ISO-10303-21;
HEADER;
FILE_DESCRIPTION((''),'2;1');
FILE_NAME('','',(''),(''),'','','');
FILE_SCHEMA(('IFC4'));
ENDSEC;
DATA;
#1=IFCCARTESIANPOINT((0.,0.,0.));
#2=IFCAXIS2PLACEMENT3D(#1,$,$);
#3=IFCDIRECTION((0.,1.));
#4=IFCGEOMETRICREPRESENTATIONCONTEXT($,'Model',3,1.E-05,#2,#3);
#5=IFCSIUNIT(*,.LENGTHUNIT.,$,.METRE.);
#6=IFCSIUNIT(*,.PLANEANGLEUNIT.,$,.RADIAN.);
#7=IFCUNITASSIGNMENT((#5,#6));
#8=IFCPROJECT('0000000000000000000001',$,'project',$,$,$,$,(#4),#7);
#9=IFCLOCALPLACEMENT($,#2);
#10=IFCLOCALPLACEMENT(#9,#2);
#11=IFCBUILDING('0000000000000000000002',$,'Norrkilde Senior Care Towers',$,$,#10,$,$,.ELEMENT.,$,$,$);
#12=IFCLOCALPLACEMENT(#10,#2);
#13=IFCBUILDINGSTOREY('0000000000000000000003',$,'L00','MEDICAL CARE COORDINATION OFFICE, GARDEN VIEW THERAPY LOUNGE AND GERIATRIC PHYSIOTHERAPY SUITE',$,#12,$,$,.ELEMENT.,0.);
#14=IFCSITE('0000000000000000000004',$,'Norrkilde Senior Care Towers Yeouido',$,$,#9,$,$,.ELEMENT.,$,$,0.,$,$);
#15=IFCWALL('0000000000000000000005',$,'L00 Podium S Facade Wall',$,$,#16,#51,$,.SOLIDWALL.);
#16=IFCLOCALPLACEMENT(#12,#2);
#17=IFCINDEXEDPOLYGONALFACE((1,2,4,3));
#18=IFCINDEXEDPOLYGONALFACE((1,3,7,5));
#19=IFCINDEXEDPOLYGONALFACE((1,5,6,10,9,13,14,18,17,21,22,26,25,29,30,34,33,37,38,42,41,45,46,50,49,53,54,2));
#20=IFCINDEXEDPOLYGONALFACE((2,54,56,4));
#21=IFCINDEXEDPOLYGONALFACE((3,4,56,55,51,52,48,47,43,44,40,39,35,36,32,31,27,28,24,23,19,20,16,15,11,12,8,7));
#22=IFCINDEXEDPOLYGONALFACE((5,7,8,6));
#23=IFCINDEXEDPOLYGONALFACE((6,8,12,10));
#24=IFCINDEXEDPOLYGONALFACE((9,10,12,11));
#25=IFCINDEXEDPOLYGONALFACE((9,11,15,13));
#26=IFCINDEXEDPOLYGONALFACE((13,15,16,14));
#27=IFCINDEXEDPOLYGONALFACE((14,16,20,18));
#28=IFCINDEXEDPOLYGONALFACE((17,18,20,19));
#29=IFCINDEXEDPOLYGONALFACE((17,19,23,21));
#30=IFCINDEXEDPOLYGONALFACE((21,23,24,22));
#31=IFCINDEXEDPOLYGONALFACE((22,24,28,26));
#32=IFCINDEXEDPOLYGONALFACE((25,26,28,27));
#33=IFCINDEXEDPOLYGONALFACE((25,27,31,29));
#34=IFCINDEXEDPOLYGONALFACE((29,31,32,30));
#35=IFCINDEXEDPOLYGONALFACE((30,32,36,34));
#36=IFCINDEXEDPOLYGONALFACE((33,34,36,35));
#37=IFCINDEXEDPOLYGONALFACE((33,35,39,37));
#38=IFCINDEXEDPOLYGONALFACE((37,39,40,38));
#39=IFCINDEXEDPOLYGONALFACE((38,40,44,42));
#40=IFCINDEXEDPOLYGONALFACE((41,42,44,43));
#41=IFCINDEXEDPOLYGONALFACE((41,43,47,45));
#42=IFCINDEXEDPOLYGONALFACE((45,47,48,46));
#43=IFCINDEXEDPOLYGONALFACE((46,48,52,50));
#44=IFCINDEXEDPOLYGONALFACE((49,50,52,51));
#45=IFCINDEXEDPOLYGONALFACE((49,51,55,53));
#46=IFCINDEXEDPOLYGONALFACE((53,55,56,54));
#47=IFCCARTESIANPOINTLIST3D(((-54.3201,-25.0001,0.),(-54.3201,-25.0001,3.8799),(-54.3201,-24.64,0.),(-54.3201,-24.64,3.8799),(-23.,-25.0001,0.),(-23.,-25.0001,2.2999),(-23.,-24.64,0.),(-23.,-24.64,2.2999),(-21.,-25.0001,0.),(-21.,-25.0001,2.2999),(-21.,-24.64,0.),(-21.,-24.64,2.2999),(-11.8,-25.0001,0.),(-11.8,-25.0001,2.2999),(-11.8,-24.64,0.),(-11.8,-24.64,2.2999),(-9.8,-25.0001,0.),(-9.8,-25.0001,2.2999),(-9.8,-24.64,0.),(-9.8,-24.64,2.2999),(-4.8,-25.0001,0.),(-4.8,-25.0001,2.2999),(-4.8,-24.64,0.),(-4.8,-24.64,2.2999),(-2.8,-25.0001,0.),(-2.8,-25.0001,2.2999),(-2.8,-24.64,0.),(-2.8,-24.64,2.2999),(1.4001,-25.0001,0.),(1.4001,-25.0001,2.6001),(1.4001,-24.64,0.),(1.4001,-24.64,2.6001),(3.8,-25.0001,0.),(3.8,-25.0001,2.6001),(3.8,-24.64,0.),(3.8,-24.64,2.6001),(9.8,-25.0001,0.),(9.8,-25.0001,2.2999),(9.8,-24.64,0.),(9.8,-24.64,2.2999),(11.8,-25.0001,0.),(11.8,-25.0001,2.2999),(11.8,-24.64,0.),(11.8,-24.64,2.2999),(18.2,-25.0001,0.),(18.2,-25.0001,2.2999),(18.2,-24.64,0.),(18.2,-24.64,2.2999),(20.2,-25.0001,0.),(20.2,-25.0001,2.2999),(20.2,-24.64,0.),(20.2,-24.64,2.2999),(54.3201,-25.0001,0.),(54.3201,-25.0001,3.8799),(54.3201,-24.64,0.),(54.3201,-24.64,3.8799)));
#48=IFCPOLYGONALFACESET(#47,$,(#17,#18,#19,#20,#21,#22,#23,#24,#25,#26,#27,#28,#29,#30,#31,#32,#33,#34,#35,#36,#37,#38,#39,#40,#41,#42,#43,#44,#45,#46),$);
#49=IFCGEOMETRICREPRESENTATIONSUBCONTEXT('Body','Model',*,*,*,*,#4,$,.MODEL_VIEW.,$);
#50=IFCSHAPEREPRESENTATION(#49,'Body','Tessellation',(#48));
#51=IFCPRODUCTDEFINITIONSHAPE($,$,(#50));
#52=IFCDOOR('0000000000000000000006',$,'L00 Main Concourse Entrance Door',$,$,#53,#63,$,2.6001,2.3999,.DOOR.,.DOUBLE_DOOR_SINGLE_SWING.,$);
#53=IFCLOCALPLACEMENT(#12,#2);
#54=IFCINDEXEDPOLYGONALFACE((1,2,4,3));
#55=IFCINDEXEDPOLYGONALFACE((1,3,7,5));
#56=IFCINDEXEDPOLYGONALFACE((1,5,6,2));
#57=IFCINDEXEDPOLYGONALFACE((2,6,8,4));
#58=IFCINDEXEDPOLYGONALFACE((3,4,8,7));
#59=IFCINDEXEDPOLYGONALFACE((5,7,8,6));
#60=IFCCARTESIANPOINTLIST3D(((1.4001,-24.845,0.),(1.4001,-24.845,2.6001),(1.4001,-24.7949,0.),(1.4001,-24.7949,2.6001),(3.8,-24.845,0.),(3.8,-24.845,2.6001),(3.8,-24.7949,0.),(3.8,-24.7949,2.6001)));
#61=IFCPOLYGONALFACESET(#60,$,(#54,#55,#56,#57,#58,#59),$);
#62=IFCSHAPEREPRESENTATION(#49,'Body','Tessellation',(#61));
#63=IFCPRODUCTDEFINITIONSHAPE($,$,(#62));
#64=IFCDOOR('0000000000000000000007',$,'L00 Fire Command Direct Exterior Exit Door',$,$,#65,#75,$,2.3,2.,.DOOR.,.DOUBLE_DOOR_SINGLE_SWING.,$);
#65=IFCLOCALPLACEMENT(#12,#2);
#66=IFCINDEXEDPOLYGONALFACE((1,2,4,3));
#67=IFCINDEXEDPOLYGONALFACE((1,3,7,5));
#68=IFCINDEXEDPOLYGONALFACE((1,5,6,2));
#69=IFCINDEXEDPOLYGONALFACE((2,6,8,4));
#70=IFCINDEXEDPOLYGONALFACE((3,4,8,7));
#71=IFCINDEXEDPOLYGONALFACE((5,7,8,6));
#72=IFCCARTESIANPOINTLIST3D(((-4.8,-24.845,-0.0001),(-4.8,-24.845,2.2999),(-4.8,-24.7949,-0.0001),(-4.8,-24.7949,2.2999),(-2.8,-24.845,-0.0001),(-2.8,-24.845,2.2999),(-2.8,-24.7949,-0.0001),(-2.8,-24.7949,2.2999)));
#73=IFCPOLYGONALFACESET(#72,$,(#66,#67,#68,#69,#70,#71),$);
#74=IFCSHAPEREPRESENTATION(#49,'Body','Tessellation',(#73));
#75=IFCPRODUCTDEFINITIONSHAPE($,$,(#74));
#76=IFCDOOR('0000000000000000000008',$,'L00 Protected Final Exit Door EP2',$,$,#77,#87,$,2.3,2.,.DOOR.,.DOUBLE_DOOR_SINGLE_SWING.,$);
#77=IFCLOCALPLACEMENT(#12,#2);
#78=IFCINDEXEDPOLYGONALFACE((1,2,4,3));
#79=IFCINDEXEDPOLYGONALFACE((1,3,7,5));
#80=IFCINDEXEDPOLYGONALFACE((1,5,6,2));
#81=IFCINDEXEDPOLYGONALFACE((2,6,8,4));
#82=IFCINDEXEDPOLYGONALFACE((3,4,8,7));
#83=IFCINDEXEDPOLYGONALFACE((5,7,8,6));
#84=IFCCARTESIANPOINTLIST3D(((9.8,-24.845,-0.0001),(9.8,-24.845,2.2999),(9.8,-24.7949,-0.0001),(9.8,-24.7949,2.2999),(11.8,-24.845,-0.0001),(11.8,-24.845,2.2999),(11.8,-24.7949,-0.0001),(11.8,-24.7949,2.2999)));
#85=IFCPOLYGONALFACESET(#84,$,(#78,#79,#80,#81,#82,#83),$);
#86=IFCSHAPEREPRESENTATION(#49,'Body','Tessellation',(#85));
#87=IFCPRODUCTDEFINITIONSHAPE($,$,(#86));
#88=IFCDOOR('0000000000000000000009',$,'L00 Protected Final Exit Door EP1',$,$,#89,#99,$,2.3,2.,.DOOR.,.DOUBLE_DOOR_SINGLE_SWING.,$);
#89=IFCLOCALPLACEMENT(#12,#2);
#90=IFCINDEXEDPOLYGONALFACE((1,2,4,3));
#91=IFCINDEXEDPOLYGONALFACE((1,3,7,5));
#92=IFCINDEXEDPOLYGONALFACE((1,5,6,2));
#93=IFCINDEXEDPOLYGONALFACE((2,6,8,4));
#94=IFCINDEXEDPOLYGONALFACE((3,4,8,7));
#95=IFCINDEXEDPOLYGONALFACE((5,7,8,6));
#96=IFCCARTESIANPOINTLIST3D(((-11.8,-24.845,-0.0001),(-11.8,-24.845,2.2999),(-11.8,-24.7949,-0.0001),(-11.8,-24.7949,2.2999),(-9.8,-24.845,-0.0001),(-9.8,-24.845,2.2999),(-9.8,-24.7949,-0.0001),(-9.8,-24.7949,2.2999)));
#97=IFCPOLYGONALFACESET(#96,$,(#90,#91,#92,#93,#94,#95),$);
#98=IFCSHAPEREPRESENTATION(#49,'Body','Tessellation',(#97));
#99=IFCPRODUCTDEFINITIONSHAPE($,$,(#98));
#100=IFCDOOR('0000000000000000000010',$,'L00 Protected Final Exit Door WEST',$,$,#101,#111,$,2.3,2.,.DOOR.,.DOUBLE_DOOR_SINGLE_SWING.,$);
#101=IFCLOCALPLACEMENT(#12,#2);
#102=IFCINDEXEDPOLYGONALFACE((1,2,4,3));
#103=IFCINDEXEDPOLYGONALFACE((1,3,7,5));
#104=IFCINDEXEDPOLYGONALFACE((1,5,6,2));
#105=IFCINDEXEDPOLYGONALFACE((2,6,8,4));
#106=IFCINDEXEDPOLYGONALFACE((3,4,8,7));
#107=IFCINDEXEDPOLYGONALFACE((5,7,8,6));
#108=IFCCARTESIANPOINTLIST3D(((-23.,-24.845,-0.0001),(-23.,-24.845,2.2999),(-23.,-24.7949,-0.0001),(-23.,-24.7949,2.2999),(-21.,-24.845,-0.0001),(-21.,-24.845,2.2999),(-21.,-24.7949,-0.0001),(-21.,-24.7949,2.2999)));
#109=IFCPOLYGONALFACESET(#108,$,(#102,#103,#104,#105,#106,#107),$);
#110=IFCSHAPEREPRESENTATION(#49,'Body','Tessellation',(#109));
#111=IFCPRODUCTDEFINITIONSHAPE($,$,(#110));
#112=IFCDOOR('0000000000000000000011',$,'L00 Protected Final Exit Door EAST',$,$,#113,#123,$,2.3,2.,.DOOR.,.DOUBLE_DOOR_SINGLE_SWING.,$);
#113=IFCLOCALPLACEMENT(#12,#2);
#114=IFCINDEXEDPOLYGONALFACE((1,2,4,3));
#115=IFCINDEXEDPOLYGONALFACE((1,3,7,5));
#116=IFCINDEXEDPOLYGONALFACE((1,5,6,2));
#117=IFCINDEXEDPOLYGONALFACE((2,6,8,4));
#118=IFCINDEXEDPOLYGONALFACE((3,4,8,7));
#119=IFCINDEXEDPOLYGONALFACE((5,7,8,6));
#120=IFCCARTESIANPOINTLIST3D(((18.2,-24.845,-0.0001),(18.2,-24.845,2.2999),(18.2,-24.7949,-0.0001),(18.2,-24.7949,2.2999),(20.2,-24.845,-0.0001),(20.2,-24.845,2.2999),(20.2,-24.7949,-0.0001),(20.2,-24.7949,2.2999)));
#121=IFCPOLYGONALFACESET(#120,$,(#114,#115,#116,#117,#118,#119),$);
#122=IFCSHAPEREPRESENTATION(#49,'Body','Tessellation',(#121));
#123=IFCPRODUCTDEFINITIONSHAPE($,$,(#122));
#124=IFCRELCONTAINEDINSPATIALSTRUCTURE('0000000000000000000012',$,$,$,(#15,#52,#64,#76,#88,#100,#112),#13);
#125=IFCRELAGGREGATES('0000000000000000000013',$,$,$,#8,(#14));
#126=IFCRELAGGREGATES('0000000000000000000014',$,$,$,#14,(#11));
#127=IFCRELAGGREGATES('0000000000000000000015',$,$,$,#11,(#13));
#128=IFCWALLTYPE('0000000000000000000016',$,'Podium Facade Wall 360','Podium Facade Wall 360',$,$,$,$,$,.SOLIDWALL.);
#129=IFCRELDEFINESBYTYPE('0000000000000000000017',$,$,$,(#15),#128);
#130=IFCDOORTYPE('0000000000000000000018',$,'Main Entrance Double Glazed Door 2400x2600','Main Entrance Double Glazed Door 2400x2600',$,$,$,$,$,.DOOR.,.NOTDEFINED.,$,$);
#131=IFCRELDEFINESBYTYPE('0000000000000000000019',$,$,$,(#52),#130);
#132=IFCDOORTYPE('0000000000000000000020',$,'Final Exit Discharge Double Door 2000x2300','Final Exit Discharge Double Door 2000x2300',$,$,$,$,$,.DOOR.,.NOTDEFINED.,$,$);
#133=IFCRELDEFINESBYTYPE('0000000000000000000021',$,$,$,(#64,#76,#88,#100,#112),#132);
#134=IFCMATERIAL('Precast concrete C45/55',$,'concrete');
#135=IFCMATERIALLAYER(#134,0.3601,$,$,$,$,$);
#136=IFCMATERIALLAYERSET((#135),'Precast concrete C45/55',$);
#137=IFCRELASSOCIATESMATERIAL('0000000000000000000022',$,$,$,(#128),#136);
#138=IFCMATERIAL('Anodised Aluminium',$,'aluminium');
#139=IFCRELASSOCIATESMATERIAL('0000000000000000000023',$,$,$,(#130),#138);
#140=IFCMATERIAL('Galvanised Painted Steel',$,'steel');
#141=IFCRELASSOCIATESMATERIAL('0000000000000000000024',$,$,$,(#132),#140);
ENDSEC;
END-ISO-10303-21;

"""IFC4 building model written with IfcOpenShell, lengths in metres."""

from ifc_helpers import new_model, si_unit, direction, frame, frame_2d, origin, place, context, subcontext, project, spatial, rectangle, extrude, source, transform, mapped, material, layer, layer_set, type_object, type_shapes, element, fill, save


model = new_model("IFC4")

# Units and contexts
model_context = context("Model", 3, precision=1e-05, world=origin(), true_north=direction((0.0, 1.0)))
body_context = subcontext(model_context, "Body", "Model", "MODEL_VIEW")
ifc_project = project(units=[si_unit("LENGTHUNIT", "METRE"), si_unit("PLANEANGLEUNIT", "RADIAN")], contexts=[model_context])

# Site, building, storey
site_placement = place(None, origin())
site = spatial("IfcSite", under=ifc_project, at=site_placement, Name="Norrkilde Senior Care Towers Yeouido", CompositionType="ELEMENT", RefElevation=0.0)
building_placement = place(site_placement, origin())
building = spatial("IfcBuilding", under=site, at=building_placement, Name="Norrkilde Senior Care Towers", CompositionType="ELEMENT")
storey_placement = place(building_placement, origin())
storey = spatial("IfcBuildingStorey", under=building, at=storey_placement, Name="L00", Description="MEDICAL CARE COORDINATION OFFICE, GARDEN VIEW THERAPY LOUNGE AND GERIATRIC PHYSIOTHERAPY SUITE", CompositionType="ELEMENT", Elevation=0.0)

# Wall, openings, doors
ifc_material_1 = material(Name="Precast concrete C45/55", Category="concrete")
ifc_layer_1 = layer(ifc_material_1, 0.3601)
ifc_layer_set_1 = layer_set([ifc_layer_1], Name="Precast concrete C45/55")
wall_type_1 = type_object("IfcWallType", Name="Podium Facade Wall 360", Description="Podium Facade Wall 360", PredefinedType="SOLIDWALL", material=ifc_layer_set_1)
shared_shape_1 = source(origin(), body_context, "Body", "SweptSolid", [
    extrude(rectangle(XDim=108.6401, YDim=0.3601, at=frame_2d((54.3201, 0.0))), origin(), (0.0, 0.0, 1.0), 3.8799),
])
type_shapes(wall_type_1, [shared_shape_1])
wall_1_placement = place(storey_placement, frame((54.3201, -24.8201, 0.0), z_axis=(0.0, 0.0, 1.0), x_axis=(-1.0, 0.0, 0.0)))
wall_1 = element("IfcWall", 1, at=wall_1_placement, inside=storey, type_object=wall_type_1, Name="L00 Podium S Facade Wall", PredefinedType="SOLIDWALL", context=body_context, shape_type="MappedRepresentation", body=[
    mapped(shared_shape_1, transform((0.0, 0.0, 0.0), x_axis=(1.0, 0.0, 0.0), y_axis=(0.0, 1.0, 0.0), z_axis=(0.0, 0.0, 1.0), scale=1.0)),
])
opening_1_placement = place(wall_1_placement, frame((50.52, 0.0, 0.0)))
opening_1 = element("IfcOpeningElement", 2, at=opening_1_placement, cuts=wall_1, PredefinedType="OPENING", context=body_context, shape_type="SweptSolid", body=[
    extrude(rectangle(XDim=2.3999, YDim=2.6001, at=frame_2d((1.2, 1.3))), frame((0.0, 0.1899, 0.0), z_axis=(0.0, -1.0, 0.0), x_axis=(1.0, 0.0, 0.0)), (0.0, 0.0, 1.0), 0.3801),
])
opening_2_placement = place(wall_1_placement, frame((57.1201, 0.0, 0.0)))
opening_2 = element("IfcOpeningElement", 3, at=opening_2_placement, cuts=wall_1, PredefinedType="OPENING", context=body_context, shape_type="SweptSolid", body=[
    extrude(rectangle(XDim=2.0, YDim=2.3, at=frame_2d((1.0, 1.1499))), frame((0.0, 0.1899, 0.0), z_axis=(0.0, -1.0, 0.0), x_axis=(1.0, 0.0, 0.0)), (0.0, 0.0, 1.0), 0.3801),
])
opening_3_placement = place(wall_1_placement, frame((42.52, 0.0, 0.0)))
opening_3 = element("IfcOpeningElement", 4, at=opening_3_placement, cuts=wall_1, PredefinedType="OPENING", context=body_context, shape_type="SweptSolid", body=[
    extrude(rectangle(XDim=2.0, YDim=2.3, at=frame_2d((1.0, 1.1499))), frame((0.0, 0.1899, 0.0), z_axis=(0.0, -1.0, 0.0), x_axis=(1.0, 0.0, 0.0)), (0.0, 0.0, 1.0), 0.3801),
])
opening_4_placement = place(wall_1_placement, frame((64.1201, 0.0, 0.0)))
opening_4 = element("IfcOpeningElement", 5, at=opening_4_placement, cuts=wall_1, PredefinedType="OPENING", context=body_context, shape_type="SweptSolid", body=[
    extrude(rectangle(XDim=2.0, YDim=2.3, at=frame_2d((1.0, 1.1499))), frame((0.0, 0.1899, 0.0), z_axis=(0.0, -1.0, 0.0), x_axis=(1.0, 0.0, 0.0)), (0.0, 0.0, 1.0), 0.3801),
])
opening_5_placement = place(wall_1_placement, frame((75.3201, 0.0, 0.0)))
opening_5 = element("IfcOpeningElement", 6, at=opening_5_placement, cuts=wall_1, PredefinedType="OPENING", context=body_context, shape_type="SweptSolid", body=[
    extrude(rectangle(XDim=2.0, YDim=2.3, at=frame_2d((1.0, 1.1499))), frame((0.0, 0.1899, 0.0), z_axis=(0.0, -1.0, 0.0), x_axis=(1.0, 0.0, 0.0)), (0.0, 0.0, 1.0), 0.3801),
])
opening_6_placement = place(wall_1_placement, frame((34.1201, 0.0, 0.0)))
opening_6 = element("IfcOpeningElement", 7, at=opening_6_placement, cuts=wall_1, PredefinedType="OPENING", context=body_context, shape_type="SweptSolid", body=[
    extrude(rectangle(XDim=2.0, YDim=2.3, at=frame_2d((1.0, 1.1499))), frame((0.0, 0.1899, 0.0), z_axis=(0.0, -1.0, 0.0), x_axis=(1.0, 0.0, 0.0)), (0.0, 0.0, 1.0), 0.3801),
])
ifc_material_2 = material(Name="Anodised Aluminium", Category="aluminium")
door_type_1 = type_object("IfcDoorType", Name="Main Entrance Double Glazed Door 2400x2600", Description="Main Entrance Double Glazed Door 2400x2600", OperationType="NOTDEFINED", PredefinedType="DOOR", material=ifc_material_2)
shared_shape_2 = source(origin(), body_context, "Body", "SweptSolid", [
    extrude(rectangle(XDim=2.3999, YDim=2.6001, at=frame_2d((1.2, 1.3))), frame((0.0, 0.0249, 0.0), z_axis=(0.0, -1.0, 0.0), x_axis=(1.0, 0.0, 0.0)), (0.0, 0.0, 1.0), 0.05),
])
type_shapes(door_type_1, [shared_shape_2])
door_1_placement = place(opening_1_placement, origin())
door_1 = element("IfcDoor", 8, at=door_1_placement, inside=storey, type_object=door_type_1, Name="L00 Main Concourse Entrance Door", OperationType="DOUBLE_DOOR_SINGLE_SWING", OverallHeight=2.6001, OverallWidth=2.3999, PredefinedType="DOOR", context=body_context, shape_type="MappedRepresentation", body=[
    mapped(shared_shape_2, transform((0.0, 0.0, 0.0), x_axis=(1.0, 0.0, 0.0), y_axis=(0.0, 1.0, 0.0), z_axis=(0.0, 0.0, 1.0), scale=1.0)),
])
fill(opening_1, door_1)
ifc_material_3 = material(Name="Galvanised Painted Steel", Category="steel")
door_type_2 = type_object("IfcDoorType", Name="Final Exit Discharge Double Door 2000x2300", Description="Final Exit Discharge Double Door 2000x2300", OperationType="NOTDEFINED", PredefinedType="DOOR", material=ifc_material_3)
shared_shape_3 = source(origin(), body_context, "Body", "SweptSolid", [
    extrude(rectangle(XDim=2.0, YDim=2.3, at=frame_2d((1.0, 1.1499))), frame((0.0, 0.0249, 0.0), z_axis=(0.0, -1.0, 0.0), x_axis=(1.0, 0.0, 0.0)), (0.0, 0.0, 1.0), 0.05),
])
type_shapes(door_type_2, [shared_shape_3])
door_2_placement = place(opening_2_placement, origin())
door_2 = element("IfcDoor", 9, at=door_2_placement, inside=storey, type_object=door_type_2, Name="L00 Fire Command Direct Exterior Exit Door", OperationType="DOUBLE_DOOR_SINGLE_SWING", OverallHeight=2.3, OverallWidth=2.0, PredefinedType="DOOR", context=body_context, shape_type="MappedRepresentation", body=[
    mapped(shared_shape_3, transform((0.0, 0.0, 0.0), x_axis=(1.0, 0.0, 0.0), y_axis=(0.0, 1.0, 0.0), z_axis=(0.0, 0.0, 1.0), scale=1.0)),
])
fill(opening_2, door_2)
door_3_placement = place(opening_3_placement, origin())
door_3 = element("IfcDoor", 10, at=door_3_placement, inside=storey, type_object=door_type_2, Name="L00 Protected Final Exit Door EP2", OperationType="DOUBLE_DOOR_SINGLE_SWING", OverallHeight=2.3, OverallWidth=2.0, PredefinedType="DOOR", context=body_context, shape_type="MappedRepresentation", body=[
    mapped(shared_shape_3, transform((0.0, 0.0, 0.0), x_axis=(1.0, 0.0, 0.0), y_axis=(0.0, 1.0, 0.0), z_axis=(0.0, 0.0, 1.0), scale=1.0)),
])
fill(opening_3, door_3)
door_4_placement = place(opening_4_placement, origin())
door_4 = element("IfcDoor", 11, at=door_4_placement, inside=storey, type_object=door_type_2, Name="L00 Protected Final Exit Door EP1", OperationType="DOUBLE_DOOR_SINGLE_SWING", OverallHeight=2.3, OverallWidth=2.0, PredefinedType="DOOR", context=body_context, shape_type="MappedRepresentation", body=[
    mapped(shared_shape_3, transform((0.0, 0.0, 0.0), x_axis=(1.0, 0.0, 0.0), y_axis=(0.0, 1.0, 0.0), z_axis=(0.0, 0.0, 1.0), scale=1.0)),
])
fill(opening_4, door_4)
door_5_placement = place(opening_5_placement, origin())
door_5 = element("IfcDoor", 12, at=door_5_placement, inside=storey, type_object=door_type_2, Name="L00 Protected Final Exit Door WEST", OperationType="DOUBLE_DOOR_SINGLE_SWING", OverallHeight=2.3, OverallWidth=2.0, PredefinedType="DOOR", context=body_context, shape_type="MappedRepresentation", body=[
    mapped(shared_shape_3, transform((0.0, 0.0, 0.0), x_axis=(1.0, 0.0, 0.0), y_axis=(0.0, 1.0, 0.0), z_axis=(0.0, 0.0, 1.0), scale=1.0)),
])
fill(opening_5, door_5)
door_6_placement = place(opening_6_placement, origin())
door_6 = element("IfcDoor", 13, at=door_6_placement, inside=storey, type_object=door_type_2, Name="L00 Protected Final Exit Door EAST", OperationType="DOUBLE_DOOR_SINGLE_SWING", OverallHeight=2.3, OverallWidth=2.0, PredefinedType="DOOR", context=body_context, shape_type="MappedRepresentation", body=[
    mapped(shared_shape_3, transform((0.0, 0.0, 0.0), x_axis=(1.0, 0.0, 0.0), y_axis=(0.0, 1.0, 0.0), z_axis=(0.0, 0.0, 1.0), scale=1.0)),
])
fill(opening_6, door_6)

save(model, "model.ifc")
